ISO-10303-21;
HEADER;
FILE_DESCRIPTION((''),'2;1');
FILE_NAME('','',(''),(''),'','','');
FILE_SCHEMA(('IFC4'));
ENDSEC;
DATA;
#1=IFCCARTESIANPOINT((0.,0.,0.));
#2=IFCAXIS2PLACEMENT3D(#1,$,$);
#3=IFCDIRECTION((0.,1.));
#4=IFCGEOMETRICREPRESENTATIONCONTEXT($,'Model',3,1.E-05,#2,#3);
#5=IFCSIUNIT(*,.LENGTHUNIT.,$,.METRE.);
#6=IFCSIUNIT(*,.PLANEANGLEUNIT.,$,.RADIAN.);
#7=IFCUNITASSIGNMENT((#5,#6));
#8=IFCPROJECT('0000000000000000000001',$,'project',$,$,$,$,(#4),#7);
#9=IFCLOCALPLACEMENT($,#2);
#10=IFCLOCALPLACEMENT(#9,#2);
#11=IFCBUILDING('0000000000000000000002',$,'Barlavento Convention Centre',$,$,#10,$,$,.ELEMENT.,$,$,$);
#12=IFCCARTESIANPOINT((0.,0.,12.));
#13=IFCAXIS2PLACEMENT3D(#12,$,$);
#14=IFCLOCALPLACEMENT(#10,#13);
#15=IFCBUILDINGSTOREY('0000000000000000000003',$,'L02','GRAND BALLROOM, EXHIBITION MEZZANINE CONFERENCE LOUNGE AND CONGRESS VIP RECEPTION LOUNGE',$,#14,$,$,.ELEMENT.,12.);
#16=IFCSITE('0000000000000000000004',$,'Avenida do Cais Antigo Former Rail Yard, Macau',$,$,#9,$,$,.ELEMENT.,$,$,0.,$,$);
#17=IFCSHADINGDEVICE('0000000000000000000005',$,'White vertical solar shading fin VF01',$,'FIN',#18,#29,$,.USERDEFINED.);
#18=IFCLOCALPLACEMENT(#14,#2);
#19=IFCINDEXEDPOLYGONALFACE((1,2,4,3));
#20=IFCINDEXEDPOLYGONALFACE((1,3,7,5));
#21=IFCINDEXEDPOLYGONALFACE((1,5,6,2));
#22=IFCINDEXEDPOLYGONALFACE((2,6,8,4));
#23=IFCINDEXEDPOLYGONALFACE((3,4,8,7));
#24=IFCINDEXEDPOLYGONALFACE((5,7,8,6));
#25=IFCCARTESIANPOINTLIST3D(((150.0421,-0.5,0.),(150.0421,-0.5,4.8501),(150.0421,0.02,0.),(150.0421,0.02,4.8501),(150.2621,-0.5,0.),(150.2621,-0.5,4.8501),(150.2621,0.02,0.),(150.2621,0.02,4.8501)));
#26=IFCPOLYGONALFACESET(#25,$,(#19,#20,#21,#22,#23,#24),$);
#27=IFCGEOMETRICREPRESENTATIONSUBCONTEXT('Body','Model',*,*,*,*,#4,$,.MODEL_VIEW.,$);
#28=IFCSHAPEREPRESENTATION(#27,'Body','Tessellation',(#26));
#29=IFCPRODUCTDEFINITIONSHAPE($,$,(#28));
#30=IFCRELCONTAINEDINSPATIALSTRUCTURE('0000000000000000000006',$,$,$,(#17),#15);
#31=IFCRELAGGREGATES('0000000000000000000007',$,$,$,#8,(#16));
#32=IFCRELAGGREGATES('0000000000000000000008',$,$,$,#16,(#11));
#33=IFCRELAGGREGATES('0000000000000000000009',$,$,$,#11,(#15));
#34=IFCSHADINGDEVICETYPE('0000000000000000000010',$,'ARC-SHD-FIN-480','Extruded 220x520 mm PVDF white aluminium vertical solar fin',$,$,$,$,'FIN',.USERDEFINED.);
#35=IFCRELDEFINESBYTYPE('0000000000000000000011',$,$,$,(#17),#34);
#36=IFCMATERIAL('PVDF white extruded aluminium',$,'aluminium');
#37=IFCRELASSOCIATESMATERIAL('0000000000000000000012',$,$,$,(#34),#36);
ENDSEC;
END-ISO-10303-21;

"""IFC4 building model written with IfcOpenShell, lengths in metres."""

from ifc_helpers import new_model, si_unit, direction, frame, origin, origin_2d, place, context, subcontext, project, spatial, rectangle, extrude, material, type_object, element, save


model = new_model("IFC4")

# Units and contexts
model_context = context("Model", 3, precision=1e-05, world=origin(), true_north=direction((0.0, 1.0)))
body_context = subcontext(model_context, "Body", "Model", "MODEL_VIEW")
ifc_project = project(units=[si_unit("LENGTHUNIT", "METRE"), si_unit("PLANEANGLEUNIT", "RADIAN")], contexts=[model_context])

# Site, building, storey
site_placement = place(None, origin())
site = spatial("IfcSite", under=ifc_project, at=site_placement, Name="Avenida do Cais Antigo Former Rail Yard, Macau", CompositionType="ELEMENT", RefElevation=0.0)
building_placement = place(site_placement, origin())
building = spatial("IfcBuilding", under=site, at=building_placement, Name="Barlavento Convention Centre", CompositionType="ELEMENT")
storey_placement = place(building_placement, frame((0.0, 0.0, 12.0)))
storey = spatial("IfcBuildingStorey", under=building, at=storey_placement, Name="L02", Description="GRAND BALLROOM, EXHIBITION MEZZANINE CONFERENCE LOUNGE AND CONGRESS VIP RECEPTION LOUNGE", CompositionType="ELEMENT", Elevation=12.0)

# Shading device
ifc_material_1 = material(Name="PVDF white extruded aluminium", Category="aluminium")
shading_device_type = type_object("IfcShadingDeviceType", Name="ARC-SHD-FIN-480", Description="Extruded 220x520 mm PVDF white aluminium vertical solar fin", ElementType="FIN", PredefinedType="USERDEFINED", material=ifc_material_1)
for number, where, z_axis, x_axis, name in (
    (1, (150.1521, -0.24, 0.0), (0.0, 0.0, 1.0), (1.0, 0.0, 0.0), "White vertical solar shading fin VF01"),
):
    element("IfcShadingDevice", number, at=place(storey_placement, frame(where, z_axis=z_axis, x_axis=x_axis)), inside=storey, type_object=shading_device_type, Name=name, ObjectType="FIN", PredefinedType="USERDEFINED", context=body_context, shape_type="SweptSolid", body=[
        extrude(rectangle(XDim=0.22, YDim=0.52, at=origin_2d()), origin(), (0.0, 0.0, 1.0), 4.8501),
    ])

save(model, "model.ifc")
